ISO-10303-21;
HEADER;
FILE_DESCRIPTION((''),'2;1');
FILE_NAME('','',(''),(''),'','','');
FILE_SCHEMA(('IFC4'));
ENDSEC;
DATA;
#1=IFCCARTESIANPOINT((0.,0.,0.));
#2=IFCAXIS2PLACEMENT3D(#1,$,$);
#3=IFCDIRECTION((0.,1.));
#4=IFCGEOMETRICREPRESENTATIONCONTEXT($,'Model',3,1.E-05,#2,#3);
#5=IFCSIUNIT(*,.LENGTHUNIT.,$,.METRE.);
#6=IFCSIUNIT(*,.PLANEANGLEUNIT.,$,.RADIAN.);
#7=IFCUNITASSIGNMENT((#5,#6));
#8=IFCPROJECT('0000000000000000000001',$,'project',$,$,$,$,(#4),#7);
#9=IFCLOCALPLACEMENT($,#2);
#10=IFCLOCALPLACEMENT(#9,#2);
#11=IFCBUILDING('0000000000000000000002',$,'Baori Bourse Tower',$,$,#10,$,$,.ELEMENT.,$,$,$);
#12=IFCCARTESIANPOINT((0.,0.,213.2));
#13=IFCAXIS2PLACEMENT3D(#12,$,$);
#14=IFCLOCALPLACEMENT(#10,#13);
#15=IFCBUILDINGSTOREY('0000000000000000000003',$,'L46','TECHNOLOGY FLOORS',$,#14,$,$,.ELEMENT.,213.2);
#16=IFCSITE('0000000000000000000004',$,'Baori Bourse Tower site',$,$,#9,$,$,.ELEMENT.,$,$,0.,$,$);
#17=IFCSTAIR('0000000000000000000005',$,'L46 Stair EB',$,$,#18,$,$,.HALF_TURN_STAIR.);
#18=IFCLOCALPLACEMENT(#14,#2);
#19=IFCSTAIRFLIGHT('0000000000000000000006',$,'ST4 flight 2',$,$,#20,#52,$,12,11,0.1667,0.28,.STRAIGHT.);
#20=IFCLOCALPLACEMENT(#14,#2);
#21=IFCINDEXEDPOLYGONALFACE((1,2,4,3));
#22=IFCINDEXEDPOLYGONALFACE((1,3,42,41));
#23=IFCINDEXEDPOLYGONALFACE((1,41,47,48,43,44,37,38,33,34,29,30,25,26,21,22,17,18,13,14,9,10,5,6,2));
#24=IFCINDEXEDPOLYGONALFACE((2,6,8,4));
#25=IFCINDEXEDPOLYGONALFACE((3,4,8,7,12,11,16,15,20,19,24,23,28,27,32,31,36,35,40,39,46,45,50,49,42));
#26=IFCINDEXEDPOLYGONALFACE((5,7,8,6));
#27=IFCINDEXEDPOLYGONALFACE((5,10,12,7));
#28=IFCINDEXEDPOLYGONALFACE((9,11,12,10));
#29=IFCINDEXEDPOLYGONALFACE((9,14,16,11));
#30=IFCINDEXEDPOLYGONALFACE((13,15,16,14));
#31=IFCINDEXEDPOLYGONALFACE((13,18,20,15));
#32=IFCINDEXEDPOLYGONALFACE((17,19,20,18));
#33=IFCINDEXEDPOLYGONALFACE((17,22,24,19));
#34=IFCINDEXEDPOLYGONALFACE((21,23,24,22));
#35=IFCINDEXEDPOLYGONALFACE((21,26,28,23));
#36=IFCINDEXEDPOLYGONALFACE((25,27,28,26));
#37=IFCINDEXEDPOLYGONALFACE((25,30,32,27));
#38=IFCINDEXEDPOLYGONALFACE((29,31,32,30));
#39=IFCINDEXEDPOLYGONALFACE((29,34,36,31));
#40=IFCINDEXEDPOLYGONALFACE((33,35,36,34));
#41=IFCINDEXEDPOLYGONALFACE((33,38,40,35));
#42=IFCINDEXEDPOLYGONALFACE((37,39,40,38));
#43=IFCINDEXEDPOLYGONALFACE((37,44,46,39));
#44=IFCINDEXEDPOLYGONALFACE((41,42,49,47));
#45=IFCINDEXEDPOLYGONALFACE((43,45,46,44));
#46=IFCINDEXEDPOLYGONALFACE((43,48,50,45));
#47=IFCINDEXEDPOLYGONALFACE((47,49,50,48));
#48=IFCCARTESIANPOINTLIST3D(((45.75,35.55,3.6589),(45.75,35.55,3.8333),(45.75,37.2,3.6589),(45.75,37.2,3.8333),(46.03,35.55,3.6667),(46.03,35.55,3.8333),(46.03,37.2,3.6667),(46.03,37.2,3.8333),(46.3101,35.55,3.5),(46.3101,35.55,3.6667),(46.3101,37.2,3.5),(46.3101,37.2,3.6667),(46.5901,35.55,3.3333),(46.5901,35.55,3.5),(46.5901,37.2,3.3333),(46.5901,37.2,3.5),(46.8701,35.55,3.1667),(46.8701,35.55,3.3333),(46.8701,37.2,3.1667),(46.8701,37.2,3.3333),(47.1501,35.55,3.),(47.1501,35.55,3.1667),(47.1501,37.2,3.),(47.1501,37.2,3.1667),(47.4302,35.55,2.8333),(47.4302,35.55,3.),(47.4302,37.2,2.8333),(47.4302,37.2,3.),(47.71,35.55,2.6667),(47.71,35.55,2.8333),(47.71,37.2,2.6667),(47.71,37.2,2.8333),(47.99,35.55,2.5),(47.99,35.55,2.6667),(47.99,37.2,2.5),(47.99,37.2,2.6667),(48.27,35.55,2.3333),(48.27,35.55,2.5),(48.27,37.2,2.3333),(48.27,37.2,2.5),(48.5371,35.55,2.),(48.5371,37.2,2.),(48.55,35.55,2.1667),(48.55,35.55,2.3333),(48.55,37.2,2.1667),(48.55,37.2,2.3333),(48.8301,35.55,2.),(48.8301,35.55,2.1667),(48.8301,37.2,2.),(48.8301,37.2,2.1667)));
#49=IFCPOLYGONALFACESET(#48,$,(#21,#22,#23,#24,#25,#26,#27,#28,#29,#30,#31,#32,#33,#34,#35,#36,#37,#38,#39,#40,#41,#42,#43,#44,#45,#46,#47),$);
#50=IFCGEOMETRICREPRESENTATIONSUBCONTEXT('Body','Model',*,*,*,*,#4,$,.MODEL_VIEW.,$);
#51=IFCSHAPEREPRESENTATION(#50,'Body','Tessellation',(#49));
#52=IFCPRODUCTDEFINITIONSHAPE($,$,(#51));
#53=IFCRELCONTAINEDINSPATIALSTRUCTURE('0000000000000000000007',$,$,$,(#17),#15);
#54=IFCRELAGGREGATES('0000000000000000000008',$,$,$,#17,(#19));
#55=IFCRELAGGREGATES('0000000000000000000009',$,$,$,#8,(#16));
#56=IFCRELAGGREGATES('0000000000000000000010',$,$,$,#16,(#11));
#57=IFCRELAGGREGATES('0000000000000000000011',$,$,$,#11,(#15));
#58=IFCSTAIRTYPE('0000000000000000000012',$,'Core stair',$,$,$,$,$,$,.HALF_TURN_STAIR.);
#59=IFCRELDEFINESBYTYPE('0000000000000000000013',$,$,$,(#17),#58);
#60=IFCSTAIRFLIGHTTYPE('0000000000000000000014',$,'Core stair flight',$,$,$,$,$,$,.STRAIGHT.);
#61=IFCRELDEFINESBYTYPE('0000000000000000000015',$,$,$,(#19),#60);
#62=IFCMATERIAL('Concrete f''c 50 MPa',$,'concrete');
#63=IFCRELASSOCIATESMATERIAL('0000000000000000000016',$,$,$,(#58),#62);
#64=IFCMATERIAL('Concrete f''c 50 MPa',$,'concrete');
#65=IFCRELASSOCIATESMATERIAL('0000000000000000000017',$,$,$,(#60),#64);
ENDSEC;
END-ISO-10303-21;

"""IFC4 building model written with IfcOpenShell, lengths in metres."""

from ifc_helpers import new_model, si_unit, direction, frame, origin, place, context, subcontext, project, spatial, polyline, outline, extrude, material, type_object, element, aggregate, save


model = new_model("IFC4")

# Units and contexts
model_context = context("Model", 3, precision=1e-05, world=origin(), true_north=direction((0.0, 1.0)))
body_context = subcontext(model_context, "Body", "Model", "MODEL_VIEW")
ifc_project = project(units=[si_unit("LENGTHUNIT", "METRE"), si_unit("PLANEANGLEUNIT", "RADIAN")], contexts=[model_context])

# Site, building, storey
site_placement = place(None, origin())
site = spatial("IfcSite", under=ifc_project, at=site_placement, Name="Baori Bourse Tower site", CompositionType="ELEMENT", RefElevation=0.0)
building_placement = place(site_placement, origin())
building = spatial("IfcBuilding", under=site, at=building_placement, Name="Baori Bourse Tower", CompositionType="ELEMENT")
storey_placement = place(building_placement, frame((0.0, 0.0, 213.2)))
storey = spatial("IfcBuildingStorey", under=building, at=storey_placement, Name="L46", Description="TECHNOLOGY FLOORS", CompositionType="ELEMENT", Elevation=213.2)

# Stair, stair flight
ifc_material_1 = material(Name="Concrete f'c 50 MPa", Category="concrete")
stair_type = type_object("IfcStairType", Name="Core stair", PredefinedType="HALF_TURN_STAIR", material=ifc_material_1)
stair_placement = place(storey_placement, origin())
stair = element("IfcStair", 1, at=stair_placement, inside=storey, type_object=stair_type, Name="L46 Stair EB", PredefinedType="HALF_TURN_STAIR")
ifc_material_2 = material(Name="Concrete f'c 50 MPa", Category="concrete")
stair_flight_type = type_object("IfcStairFlightType", Name="Core stair flight", PredefinedType="STRAIGHT", material=ifc_material_2)
stair_flight_1_placement = place(storey_placement, frame((48.8301, 36.375, 2.0), z_axis=(0.0, 0.0, 1.0), x_axis=(-1.0, 0.0, 0.0)))
stair_flight_1 = element("IfcStairFlight", 2, at=stair_flight_1_placement, type_object=stair_flight_type, Name="ST4 flight 2", NumberOfRisers=12, NumberOfTreads=11, PredefinedType="STRAIGHT", RiserHeight=0.1667, TreadLength=0.28, context=body_context, shape_type="SweptSolid", body=[
    extrude(outline(polyline([(0.0, 0.0), (0.0, 0.1667), (0.28, 0.1667), (0.28, 0.3333), (0.5601, 0.3333), (0.5601, 0.5), (0.8401, 0.5), (0.8401, 0.6667), (1.1201, 0.6667), (1.1201, 0.8333), (1.3999, 0.8333), (1.3999, 1.0), (1.6799, 1.0), (1.6799, 1.1667), (1.96, 1.1667), (1.96, 1.3333), (2.24, 1.3333), (2.24, 1.5), (2.52, 1.5), (2.52, 1.6667), (2.8, 1.6667), (2.8, 1.8333), (3.0801, 1.8333), (3.0801, 2.0), (3.0801, 1.6589), (0.293, 0.0), (0.0, 0.0)])), frame((0.0, 0.825, 0.0), z_axis=(0.0, -1.0, 0.0), x_axis=(1.0, 0.0, 0.0)), (0.0, 0.0, 1.0), 1.6499),
])
aggregate(stair, [stair_flight_1])

save(model, "model.ifc")
